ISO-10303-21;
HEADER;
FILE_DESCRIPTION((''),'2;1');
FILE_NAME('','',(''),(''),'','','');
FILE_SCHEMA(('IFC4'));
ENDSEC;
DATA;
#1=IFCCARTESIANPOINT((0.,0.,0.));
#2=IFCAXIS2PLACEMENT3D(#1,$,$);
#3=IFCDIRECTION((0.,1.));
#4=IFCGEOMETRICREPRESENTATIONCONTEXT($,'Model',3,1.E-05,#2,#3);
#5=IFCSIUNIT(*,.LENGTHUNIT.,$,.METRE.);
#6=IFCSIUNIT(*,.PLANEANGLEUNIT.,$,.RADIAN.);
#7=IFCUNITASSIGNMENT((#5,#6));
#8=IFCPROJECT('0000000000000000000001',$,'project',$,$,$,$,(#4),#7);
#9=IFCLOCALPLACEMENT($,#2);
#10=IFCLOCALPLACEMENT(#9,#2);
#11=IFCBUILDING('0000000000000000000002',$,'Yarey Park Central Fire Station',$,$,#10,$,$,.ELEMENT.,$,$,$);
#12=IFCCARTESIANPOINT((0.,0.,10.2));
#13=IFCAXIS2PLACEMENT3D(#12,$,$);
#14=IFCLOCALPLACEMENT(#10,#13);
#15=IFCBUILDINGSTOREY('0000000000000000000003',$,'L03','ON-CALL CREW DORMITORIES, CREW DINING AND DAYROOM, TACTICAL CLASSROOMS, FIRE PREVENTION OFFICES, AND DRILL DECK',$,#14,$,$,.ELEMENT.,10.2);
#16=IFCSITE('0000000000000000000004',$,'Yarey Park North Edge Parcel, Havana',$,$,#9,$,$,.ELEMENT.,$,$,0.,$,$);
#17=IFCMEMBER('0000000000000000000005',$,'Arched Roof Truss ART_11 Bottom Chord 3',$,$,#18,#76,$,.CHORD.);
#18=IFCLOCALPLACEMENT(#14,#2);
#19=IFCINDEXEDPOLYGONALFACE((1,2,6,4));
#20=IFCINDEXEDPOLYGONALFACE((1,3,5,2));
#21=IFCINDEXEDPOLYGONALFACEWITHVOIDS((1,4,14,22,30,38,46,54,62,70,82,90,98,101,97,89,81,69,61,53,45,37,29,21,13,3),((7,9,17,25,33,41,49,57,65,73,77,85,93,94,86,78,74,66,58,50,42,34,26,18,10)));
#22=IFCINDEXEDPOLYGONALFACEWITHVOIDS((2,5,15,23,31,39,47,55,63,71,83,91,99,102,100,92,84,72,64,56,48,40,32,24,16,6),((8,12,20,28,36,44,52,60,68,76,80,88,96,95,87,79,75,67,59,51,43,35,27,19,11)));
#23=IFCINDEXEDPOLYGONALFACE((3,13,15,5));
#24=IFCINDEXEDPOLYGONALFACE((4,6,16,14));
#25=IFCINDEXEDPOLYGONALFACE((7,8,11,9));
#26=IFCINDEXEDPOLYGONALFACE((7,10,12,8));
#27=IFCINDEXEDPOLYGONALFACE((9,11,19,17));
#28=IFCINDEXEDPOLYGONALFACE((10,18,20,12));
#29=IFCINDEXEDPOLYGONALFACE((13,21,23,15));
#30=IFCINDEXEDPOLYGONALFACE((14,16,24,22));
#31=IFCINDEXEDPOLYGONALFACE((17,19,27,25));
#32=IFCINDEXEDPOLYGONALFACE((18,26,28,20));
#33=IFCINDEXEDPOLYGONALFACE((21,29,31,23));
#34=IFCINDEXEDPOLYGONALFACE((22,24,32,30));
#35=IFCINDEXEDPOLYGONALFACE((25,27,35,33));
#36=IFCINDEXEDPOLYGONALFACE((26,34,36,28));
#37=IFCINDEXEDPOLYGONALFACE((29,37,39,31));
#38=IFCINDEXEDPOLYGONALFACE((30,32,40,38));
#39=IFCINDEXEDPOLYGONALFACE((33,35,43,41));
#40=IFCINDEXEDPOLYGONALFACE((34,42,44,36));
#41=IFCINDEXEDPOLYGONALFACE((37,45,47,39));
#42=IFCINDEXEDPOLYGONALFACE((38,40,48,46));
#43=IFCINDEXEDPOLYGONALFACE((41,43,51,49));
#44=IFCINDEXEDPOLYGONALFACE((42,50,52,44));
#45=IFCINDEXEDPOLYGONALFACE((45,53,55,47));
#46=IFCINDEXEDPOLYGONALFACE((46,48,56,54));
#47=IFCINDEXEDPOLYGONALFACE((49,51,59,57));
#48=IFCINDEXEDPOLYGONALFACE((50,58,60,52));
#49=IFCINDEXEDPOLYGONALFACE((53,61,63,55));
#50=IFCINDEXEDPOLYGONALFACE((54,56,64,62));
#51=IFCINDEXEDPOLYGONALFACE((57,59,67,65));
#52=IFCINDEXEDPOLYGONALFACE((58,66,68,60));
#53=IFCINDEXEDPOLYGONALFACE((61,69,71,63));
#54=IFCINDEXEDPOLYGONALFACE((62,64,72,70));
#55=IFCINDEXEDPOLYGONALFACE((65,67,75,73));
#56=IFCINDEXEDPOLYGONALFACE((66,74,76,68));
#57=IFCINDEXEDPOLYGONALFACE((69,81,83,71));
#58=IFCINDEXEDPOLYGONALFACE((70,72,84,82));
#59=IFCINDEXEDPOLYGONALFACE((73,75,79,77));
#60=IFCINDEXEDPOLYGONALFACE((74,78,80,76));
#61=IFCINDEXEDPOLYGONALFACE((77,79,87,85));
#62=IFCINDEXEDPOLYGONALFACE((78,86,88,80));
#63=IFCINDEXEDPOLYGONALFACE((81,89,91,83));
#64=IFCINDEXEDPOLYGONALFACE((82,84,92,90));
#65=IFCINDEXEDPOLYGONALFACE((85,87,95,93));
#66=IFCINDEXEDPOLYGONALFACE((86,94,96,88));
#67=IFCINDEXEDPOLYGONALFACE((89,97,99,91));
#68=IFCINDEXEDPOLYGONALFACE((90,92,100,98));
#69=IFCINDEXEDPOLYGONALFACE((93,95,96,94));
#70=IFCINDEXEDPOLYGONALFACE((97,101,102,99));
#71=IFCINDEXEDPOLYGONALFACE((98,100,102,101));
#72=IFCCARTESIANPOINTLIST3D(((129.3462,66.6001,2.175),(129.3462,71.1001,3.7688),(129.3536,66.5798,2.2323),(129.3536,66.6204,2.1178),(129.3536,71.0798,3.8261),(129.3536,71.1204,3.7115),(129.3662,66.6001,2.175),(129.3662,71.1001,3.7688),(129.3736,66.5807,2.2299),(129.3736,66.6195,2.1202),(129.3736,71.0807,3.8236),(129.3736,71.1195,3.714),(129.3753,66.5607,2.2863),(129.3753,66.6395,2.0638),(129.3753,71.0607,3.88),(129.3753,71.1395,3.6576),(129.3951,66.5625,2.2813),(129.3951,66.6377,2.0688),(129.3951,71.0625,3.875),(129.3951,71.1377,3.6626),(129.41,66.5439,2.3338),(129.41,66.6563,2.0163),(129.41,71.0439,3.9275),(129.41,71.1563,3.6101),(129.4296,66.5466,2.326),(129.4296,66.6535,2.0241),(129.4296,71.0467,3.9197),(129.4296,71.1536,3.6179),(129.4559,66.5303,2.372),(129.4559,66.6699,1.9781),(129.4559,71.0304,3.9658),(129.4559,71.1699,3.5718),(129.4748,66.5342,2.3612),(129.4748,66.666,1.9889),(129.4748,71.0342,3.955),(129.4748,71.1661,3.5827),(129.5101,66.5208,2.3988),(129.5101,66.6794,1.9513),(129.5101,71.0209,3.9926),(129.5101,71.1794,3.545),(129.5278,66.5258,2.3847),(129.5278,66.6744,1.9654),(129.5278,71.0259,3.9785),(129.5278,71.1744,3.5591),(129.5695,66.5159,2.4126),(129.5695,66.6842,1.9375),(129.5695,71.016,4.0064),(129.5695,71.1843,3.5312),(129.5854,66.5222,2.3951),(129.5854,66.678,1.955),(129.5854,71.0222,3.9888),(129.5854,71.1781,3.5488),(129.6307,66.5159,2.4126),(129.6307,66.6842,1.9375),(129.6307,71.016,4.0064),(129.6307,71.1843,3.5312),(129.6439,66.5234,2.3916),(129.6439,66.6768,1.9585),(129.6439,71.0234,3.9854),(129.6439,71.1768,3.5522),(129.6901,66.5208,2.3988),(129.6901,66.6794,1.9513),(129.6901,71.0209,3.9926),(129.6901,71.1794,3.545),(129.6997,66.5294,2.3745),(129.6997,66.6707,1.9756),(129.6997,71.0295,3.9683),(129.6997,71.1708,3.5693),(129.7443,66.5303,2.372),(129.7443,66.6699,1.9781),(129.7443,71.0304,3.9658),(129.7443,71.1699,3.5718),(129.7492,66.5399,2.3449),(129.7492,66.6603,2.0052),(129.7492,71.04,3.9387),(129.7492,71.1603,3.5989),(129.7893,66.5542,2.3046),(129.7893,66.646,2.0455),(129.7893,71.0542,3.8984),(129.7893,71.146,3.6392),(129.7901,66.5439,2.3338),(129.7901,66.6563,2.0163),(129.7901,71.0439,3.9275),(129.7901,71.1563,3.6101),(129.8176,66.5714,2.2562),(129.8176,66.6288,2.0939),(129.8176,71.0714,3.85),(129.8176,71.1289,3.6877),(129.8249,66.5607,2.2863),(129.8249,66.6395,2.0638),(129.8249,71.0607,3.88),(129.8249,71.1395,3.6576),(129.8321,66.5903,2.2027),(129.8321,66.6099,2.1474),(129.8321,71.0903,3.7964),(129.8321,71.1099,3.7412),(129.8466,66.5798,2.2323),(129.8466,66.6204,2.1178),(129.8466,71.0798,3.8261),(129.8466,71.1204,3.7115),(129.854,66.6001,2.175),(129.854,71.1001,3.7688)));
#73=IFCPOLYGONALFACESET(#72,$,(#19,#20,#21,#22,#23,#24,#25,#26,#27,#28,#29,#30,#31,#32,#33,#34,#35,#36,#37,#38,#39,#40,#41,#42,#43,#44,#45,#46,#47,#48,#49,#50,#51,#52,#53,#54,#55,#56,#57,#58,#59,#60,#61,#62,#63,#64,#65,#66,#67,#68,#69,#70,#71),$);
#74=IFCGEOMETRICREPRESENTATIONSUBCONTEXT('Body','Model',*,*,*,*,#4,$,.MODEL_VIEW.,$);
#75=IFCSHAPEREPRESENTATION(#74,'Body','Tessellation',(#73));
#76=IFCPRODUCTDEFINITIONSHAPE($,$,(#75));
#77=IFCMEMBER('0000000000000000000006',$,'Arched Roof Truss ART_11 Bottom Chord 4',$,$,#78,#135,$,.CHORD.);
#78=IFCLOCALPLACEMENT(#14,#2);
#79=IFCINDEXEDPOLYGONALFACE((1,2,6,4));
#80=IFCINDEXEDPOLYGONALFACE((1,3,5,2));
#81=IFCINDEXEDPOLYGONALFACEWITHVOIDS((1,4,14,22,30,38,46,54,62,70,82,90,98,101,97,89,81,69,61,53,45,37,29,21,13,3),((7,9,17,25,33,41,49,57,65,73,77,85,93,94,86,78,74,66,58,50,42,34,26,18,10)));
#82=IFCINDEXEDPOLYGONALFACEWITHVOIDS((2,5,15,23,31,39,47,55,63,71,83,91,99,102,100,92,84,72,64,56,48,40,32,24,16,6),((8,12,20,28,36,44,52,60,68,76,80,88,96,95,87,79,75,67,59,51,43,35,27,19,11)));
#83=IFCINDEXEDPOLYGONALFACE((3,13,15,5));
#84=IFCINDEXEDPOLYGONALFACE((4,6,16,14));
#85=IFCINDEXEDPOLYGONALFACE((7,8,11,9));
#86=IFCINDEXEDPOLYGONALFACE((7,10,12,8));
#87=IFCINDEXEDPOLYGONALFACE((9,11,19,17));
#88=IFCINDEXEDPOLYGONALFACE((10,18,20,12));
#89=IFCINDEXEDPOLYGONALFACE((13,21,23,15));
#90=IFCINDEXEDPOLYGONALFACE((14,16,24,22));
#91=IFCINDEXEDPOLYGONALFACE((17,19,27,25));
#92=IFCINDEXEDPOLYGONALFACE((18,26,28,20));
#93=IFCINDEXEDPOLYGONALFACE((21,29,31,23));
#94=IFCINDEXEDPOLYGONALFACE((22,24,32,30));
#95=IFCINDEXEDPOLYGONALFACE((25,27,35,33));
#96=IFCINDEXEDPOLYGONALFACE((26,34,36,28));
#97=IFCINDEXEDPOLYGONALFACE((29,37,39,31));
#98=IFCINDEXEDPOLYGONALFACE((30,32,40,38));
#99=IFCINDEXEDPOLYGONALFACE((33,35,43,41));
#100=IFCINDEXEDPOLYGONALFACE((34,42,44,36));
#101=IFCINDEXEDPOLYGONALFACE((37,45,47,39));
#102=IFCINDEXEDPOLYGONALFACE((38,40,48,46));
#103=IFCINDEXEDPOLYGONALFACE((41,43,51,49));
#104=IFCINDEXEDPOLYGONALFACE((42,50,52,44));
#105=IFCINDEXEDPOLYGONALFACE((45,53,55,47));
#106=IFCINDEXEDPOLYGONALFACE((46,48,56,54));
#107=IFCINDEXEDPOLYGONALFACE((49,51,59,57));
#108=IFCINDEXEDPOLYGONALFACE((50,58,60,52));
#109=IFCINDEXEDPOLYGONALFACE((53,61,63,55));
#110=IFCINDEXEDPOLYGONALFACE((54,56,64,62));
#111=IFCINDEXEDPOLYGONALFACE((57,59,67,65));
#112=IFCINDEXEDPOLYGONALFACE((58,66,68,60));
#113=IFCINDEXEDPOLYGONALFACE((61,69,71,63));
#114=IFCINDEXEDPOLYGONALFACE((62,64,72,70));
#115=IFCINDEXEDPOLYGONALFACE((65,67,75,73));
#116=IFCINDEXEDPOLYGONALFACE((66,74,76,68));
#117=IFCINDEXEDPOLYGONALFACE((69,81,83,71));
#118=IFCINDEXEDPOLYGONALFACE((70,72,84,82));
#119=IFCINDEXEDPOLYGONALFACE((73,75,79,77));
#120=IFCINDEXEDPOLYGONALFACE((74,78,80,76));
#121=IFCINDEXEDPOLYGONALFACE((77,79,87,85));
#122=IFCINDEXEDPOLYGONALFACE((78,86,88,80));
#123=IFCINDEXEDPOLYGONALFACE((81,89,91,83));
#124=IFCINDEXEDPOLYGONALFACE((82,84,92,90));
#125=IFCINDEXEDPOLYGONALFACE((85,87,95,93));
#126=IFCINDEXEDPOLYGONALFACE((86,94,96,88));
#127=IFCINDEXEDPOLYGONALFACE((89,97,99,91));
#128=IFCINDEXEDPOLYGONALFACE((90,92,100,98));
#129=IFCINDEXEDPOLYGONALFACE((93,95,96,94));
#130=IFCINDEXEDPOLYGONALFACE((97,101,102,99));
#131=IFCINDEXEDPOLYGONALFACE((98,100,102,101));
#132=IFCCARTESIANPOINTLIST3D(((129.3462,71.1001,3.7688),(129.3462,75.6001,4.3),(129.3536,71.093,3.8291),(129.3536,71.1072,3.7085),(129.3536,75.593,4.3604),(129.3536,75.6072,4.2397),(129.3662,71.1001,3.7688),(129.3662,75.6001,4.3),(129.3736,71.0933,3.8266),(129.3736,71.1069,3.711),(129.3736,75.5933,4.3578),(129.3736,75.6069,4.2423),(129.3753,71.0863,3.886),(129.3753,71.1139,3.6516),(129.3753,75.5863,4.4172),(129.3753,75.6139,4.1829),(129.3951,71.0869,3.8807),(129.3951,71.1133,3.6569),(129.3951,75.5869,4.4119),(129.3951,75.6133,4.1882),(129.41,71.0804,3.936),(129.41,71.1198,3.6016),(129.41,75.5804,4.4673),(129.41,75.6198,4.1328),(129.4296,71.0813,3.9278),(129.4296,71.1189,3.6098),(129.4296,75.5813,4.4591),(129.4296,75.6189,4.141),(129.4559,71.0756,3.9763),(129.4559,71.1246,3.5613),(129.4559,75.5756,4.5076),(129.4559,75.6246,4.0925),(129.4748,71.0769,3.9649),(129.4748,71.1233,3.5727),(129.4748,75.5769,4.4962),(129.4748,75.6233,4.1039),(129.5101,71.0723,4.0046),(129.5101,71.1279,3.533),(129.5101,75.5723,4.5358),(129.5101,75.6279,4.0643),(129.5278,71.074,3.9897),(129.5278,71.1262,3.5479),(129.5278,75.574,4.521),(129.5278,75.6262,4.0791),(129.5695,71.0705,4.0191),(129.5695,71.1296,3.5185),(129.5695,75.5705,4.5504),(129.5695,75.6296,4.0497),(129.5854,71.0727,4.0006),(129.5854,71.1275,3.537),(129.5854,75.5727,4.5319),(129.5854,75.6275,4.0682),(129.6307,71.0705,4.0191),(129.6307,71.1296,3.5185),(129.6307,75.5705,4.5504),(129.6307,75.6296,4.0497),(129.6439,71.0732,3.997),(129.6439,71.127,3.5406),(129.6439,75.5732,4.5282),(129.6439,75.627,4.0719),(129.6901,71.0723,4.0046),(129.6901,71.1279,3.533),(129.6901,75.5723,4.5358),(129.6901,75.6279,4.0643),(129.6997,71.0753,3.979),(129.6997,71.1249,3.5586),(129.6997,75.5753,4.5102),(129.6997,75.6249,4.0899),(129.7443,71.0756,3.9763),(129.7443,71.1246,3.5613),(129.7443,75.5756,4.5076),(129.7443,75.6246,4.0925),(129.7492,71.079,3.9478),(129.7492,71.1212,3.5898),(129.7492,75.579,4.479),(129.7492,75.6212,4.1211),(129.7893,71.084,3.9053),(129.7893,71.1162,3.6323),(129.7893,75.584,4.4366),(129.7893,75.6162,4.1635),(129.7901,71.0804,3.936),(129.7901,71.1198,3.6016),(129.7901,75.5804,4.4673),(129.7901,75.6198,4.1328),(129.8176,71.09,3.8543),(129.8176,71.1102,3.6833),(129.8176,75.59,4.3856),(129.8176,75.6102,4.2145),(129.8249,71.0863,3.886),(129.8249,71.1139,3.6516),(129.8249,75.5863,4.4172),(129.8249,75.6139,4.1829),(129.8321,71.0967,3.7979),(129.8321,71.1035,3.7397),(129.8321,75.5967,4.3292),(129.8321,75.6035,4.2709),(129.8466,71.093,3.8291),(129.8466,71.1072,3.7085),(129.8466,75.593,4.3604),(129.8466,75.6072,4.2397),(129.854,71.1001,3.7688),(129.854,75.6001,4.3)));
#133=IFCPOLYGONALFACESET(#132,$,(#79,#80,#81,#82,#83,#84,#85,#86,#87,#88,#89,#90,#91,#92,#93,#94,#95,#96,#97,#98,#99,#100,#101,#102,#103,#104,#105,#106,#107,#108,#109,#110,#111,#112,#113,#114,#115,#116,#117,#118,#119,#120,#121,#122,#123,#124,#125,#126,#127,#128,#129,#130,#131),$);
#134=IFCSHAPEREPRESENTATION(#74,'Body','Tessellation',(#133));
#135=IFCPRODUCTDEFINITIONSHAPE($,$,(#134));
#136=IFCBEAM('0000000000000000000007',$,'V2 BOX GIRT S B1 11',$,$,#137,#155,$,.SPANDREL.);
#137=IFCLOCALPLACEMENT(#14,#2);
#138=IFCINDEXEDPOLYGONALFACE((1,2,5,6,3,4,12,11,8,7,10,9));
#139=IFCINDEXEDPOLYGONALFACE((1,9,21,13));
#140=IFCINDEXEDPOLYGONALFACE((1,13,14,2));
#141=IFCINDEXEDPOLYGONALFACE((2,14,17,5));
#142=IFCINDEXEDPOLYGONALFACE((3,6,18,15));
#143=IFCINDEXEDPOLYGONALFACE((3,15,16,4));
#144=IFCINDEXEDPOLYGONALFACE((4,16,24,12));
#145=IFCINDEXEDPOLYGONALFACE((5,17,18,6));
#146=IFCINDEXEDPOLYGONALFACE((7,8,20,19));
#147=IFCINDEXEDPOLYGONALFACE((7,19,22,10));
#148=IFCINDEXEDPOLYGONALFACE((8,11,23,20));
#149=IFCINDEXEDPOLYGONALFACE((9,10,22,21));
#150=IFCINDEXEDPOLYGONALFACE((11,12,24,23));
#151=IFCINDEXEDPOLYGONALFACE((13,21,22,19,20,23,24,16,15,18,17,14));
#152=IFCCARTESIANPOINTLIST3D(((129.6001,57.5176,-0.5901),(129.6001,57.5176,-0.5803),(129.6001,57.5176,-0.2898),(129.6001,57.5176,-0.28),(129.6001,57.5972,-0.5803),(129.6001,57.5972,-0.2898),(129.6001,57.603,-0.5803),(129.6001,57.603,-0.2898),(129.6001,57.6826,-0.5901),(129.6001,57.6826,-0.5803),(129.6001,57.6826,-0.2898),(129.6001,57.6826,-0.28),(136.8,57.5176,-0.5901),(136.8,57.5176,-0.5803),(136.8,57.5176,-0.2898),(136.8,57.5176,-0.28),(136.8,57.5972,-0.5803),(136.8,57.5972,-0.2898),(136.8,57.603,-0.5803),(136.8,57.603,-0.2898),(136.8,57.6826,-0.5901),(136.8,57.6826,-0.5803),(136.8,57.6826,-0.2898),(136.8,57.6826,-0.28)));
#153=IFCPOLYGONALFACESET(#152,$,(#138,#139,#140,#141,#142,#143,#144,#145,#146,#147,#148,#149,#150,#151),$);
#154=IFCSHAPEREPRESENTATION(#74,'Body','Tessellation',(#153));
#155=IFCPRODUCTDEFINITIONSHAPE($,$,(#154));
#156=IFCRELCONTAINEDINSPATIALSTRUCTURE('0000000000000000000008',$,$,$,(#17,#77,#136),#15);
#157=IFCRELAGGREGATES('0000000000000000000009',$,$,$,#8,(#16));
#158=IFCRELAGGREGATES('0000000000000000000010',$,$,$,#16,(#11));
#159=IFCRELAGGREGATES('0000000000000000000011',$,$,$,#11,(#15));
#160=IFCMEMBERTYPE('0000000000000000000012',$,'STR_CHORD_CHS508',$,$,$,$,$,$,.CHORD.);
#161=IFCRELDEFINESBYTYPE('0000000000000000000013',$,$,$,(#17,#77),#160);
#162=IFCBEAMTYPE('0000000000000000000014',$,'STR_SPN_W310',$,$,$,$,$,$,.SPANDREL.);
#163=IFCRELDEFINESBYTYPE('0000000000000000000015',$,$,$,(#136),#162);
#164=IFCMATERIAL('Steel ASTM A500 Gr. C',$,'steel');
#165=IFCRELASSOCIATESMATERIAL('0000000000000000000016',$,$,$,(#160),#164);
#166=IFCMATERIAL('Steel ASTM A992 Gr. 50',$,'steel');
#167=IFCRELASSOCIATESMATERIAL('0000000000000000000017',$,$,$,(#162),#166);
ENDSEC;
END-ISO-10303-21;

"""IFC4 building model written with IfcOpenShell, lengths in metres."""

from ifc_helpers import new_model, si_unit, direction, frame, origin, origin_2d, place, context, subcontext, project, spatial, hollow_circle, i_section, extrude, material, material_profile, profile_set, type_object, element, save


model = new_model("IFC4")

# Units and contexts
model_context = context("Model", 3, precision=1e-05, world=origin(), true_north=direction((0.0, 1.0)))
body_context = subcontext(model_context, "Body", "Model", "MODEL_VIEW")
ifc_project = project(units=[si_unit("LENGTHUNIT", "METRE"), si_unit("PLANEANGLEUNIT", "RADIAN")], contexts=[model_context])

# Site, building, storey
site_placement = place(None, origin())
site = spatial("IfcSite", under=ifc_project, at=site_placement, Name="Yarey Park North Edge Parcel, Havana", CompositionType="ELEMENT", RefElevation=0.0)
building_placement = place(site_placement, origin())
building = spatial("IfcBuilding", under=site, at=building_placement, Name="Yarey Park Central Fire Station", CompositionType="ELEMENT")
storey_placement = place(building_placement, frame((0.0, 0.0, 10.2)))
storey = spatial("IfcBuildingStorey", under=building, at=storey_placement, Name="L03", Description="ON-CALL CREW DORMITORIES, CREW DINING AND DAYROOM, TACTICAL CLASSROOMS, FIRE PREVENTION OFFICES, AND DRILL DECK", CompositionType="ELEMENT", Elevation=10.2)

# Shared definitions
ifc_material_1 = material(Name="Steel ASTM A992 Gr. 50", Category="steel")

# Members
ifc_material_2 = material(Name="Steel ASTM A500 Gr. C", Category="steel")
ifc_material_profile_1 = material_profile(ifc_material_2, hollow_circle(Radius=0.2539, WallThickness=0.02, at=origin_2d()), Name="CHS 508x20")
ifc_profile_set_1 = profile_set([ifc_material_profile_1], Name="Steel ASTM A500 Gr. C")
member_type_1 = type_object("IfcMemberType", Name="STR_CHORD_CHS508", PredefinedType="CHORD", material=ifc_profile_set_1)
member_1_placement = place(storey_placement, frame((129.6001, 66.6001, 2.175), z_axis=(0.0, 0.942627, 0.333847), x_axis=(-1.0, 0.0, 0.0)))
element("IfcMember", 1, at=member_1_placement, inside=storey, type_object=member_type_1, Name="Arched Roof Truss ART_11 Bottom Chord 3", PredefinedType="CHORD", context=body_context, shape_type="SweptSolid", body=[
    extrude(hollow_circle(Radius=0.2539, WallThickness=0.02, at=origin_2d()), origin(), (0.0, 0.0, 1.0), 4.7739),
])
member_2_placement = place(storey_placement, frame((129.6001, 71.1001, 3.7688), z_axis=(0.0, 0.993103, 0.117241), x_axis=(-1.0, 0.0, 0.0)))
element("IfcMember", 2, at=member_2_placement, inside=storey, type_object=member_type_1, Name="Arched Roof Truss ART_11 Bottom Chord 4", PredefinedType="CHORD", context=body_context, shape_type="SweptSolid", body=[
    extrude(hollow_circle(Radius=0.2539, WallThickness=0.02, at=origin_2d()), origin(), (0.0, 0.0, 1.0), 4.5312),
])

# Beam
ifc_material_profile_2 = material_profile(ifc_material_1, i_section(OverallWidth=0.165, OverallDepth=0.3101, WebThickness=0.0059, FlangeThickness=0.0098, at=origin_2d()), Name="W310x39")
ifc_profile_set_2 = profile_set([ifc_material_profile_2], Name="Steel ASTM A992 Gr. 50")
beam_type_1 = type_object("IfcBeamType", Name="STR_SPN_W310", PredefinedType="SPANDREL", material=ifc_profile_set_2)
beam_1_placement = place(storey_placement, frame((129.6001, 57.6001, -0.4351), z_axis=(1.0, 0.0, 0.0), x_axis=(0.0, 1.0, 0.0)))
element("IfcBeam", 3, at=beam_1_placement, inside=storey, type_object=beam_type_1, Name="V2 BOX GIRT S B1 11", PredefinedType="SPANDREL", context=body_context, shape_type="SweptSolid", body=[
    extrude(i_section(OverallWidth=0.165, OverallDepth=0.3101, WebThickness=0.0059, FlangeThickness=0.0098, at=origin_2d()), origin(), (0.0, 0.0, 1.0), 7.2),
])

save(model, "model.ifc")
